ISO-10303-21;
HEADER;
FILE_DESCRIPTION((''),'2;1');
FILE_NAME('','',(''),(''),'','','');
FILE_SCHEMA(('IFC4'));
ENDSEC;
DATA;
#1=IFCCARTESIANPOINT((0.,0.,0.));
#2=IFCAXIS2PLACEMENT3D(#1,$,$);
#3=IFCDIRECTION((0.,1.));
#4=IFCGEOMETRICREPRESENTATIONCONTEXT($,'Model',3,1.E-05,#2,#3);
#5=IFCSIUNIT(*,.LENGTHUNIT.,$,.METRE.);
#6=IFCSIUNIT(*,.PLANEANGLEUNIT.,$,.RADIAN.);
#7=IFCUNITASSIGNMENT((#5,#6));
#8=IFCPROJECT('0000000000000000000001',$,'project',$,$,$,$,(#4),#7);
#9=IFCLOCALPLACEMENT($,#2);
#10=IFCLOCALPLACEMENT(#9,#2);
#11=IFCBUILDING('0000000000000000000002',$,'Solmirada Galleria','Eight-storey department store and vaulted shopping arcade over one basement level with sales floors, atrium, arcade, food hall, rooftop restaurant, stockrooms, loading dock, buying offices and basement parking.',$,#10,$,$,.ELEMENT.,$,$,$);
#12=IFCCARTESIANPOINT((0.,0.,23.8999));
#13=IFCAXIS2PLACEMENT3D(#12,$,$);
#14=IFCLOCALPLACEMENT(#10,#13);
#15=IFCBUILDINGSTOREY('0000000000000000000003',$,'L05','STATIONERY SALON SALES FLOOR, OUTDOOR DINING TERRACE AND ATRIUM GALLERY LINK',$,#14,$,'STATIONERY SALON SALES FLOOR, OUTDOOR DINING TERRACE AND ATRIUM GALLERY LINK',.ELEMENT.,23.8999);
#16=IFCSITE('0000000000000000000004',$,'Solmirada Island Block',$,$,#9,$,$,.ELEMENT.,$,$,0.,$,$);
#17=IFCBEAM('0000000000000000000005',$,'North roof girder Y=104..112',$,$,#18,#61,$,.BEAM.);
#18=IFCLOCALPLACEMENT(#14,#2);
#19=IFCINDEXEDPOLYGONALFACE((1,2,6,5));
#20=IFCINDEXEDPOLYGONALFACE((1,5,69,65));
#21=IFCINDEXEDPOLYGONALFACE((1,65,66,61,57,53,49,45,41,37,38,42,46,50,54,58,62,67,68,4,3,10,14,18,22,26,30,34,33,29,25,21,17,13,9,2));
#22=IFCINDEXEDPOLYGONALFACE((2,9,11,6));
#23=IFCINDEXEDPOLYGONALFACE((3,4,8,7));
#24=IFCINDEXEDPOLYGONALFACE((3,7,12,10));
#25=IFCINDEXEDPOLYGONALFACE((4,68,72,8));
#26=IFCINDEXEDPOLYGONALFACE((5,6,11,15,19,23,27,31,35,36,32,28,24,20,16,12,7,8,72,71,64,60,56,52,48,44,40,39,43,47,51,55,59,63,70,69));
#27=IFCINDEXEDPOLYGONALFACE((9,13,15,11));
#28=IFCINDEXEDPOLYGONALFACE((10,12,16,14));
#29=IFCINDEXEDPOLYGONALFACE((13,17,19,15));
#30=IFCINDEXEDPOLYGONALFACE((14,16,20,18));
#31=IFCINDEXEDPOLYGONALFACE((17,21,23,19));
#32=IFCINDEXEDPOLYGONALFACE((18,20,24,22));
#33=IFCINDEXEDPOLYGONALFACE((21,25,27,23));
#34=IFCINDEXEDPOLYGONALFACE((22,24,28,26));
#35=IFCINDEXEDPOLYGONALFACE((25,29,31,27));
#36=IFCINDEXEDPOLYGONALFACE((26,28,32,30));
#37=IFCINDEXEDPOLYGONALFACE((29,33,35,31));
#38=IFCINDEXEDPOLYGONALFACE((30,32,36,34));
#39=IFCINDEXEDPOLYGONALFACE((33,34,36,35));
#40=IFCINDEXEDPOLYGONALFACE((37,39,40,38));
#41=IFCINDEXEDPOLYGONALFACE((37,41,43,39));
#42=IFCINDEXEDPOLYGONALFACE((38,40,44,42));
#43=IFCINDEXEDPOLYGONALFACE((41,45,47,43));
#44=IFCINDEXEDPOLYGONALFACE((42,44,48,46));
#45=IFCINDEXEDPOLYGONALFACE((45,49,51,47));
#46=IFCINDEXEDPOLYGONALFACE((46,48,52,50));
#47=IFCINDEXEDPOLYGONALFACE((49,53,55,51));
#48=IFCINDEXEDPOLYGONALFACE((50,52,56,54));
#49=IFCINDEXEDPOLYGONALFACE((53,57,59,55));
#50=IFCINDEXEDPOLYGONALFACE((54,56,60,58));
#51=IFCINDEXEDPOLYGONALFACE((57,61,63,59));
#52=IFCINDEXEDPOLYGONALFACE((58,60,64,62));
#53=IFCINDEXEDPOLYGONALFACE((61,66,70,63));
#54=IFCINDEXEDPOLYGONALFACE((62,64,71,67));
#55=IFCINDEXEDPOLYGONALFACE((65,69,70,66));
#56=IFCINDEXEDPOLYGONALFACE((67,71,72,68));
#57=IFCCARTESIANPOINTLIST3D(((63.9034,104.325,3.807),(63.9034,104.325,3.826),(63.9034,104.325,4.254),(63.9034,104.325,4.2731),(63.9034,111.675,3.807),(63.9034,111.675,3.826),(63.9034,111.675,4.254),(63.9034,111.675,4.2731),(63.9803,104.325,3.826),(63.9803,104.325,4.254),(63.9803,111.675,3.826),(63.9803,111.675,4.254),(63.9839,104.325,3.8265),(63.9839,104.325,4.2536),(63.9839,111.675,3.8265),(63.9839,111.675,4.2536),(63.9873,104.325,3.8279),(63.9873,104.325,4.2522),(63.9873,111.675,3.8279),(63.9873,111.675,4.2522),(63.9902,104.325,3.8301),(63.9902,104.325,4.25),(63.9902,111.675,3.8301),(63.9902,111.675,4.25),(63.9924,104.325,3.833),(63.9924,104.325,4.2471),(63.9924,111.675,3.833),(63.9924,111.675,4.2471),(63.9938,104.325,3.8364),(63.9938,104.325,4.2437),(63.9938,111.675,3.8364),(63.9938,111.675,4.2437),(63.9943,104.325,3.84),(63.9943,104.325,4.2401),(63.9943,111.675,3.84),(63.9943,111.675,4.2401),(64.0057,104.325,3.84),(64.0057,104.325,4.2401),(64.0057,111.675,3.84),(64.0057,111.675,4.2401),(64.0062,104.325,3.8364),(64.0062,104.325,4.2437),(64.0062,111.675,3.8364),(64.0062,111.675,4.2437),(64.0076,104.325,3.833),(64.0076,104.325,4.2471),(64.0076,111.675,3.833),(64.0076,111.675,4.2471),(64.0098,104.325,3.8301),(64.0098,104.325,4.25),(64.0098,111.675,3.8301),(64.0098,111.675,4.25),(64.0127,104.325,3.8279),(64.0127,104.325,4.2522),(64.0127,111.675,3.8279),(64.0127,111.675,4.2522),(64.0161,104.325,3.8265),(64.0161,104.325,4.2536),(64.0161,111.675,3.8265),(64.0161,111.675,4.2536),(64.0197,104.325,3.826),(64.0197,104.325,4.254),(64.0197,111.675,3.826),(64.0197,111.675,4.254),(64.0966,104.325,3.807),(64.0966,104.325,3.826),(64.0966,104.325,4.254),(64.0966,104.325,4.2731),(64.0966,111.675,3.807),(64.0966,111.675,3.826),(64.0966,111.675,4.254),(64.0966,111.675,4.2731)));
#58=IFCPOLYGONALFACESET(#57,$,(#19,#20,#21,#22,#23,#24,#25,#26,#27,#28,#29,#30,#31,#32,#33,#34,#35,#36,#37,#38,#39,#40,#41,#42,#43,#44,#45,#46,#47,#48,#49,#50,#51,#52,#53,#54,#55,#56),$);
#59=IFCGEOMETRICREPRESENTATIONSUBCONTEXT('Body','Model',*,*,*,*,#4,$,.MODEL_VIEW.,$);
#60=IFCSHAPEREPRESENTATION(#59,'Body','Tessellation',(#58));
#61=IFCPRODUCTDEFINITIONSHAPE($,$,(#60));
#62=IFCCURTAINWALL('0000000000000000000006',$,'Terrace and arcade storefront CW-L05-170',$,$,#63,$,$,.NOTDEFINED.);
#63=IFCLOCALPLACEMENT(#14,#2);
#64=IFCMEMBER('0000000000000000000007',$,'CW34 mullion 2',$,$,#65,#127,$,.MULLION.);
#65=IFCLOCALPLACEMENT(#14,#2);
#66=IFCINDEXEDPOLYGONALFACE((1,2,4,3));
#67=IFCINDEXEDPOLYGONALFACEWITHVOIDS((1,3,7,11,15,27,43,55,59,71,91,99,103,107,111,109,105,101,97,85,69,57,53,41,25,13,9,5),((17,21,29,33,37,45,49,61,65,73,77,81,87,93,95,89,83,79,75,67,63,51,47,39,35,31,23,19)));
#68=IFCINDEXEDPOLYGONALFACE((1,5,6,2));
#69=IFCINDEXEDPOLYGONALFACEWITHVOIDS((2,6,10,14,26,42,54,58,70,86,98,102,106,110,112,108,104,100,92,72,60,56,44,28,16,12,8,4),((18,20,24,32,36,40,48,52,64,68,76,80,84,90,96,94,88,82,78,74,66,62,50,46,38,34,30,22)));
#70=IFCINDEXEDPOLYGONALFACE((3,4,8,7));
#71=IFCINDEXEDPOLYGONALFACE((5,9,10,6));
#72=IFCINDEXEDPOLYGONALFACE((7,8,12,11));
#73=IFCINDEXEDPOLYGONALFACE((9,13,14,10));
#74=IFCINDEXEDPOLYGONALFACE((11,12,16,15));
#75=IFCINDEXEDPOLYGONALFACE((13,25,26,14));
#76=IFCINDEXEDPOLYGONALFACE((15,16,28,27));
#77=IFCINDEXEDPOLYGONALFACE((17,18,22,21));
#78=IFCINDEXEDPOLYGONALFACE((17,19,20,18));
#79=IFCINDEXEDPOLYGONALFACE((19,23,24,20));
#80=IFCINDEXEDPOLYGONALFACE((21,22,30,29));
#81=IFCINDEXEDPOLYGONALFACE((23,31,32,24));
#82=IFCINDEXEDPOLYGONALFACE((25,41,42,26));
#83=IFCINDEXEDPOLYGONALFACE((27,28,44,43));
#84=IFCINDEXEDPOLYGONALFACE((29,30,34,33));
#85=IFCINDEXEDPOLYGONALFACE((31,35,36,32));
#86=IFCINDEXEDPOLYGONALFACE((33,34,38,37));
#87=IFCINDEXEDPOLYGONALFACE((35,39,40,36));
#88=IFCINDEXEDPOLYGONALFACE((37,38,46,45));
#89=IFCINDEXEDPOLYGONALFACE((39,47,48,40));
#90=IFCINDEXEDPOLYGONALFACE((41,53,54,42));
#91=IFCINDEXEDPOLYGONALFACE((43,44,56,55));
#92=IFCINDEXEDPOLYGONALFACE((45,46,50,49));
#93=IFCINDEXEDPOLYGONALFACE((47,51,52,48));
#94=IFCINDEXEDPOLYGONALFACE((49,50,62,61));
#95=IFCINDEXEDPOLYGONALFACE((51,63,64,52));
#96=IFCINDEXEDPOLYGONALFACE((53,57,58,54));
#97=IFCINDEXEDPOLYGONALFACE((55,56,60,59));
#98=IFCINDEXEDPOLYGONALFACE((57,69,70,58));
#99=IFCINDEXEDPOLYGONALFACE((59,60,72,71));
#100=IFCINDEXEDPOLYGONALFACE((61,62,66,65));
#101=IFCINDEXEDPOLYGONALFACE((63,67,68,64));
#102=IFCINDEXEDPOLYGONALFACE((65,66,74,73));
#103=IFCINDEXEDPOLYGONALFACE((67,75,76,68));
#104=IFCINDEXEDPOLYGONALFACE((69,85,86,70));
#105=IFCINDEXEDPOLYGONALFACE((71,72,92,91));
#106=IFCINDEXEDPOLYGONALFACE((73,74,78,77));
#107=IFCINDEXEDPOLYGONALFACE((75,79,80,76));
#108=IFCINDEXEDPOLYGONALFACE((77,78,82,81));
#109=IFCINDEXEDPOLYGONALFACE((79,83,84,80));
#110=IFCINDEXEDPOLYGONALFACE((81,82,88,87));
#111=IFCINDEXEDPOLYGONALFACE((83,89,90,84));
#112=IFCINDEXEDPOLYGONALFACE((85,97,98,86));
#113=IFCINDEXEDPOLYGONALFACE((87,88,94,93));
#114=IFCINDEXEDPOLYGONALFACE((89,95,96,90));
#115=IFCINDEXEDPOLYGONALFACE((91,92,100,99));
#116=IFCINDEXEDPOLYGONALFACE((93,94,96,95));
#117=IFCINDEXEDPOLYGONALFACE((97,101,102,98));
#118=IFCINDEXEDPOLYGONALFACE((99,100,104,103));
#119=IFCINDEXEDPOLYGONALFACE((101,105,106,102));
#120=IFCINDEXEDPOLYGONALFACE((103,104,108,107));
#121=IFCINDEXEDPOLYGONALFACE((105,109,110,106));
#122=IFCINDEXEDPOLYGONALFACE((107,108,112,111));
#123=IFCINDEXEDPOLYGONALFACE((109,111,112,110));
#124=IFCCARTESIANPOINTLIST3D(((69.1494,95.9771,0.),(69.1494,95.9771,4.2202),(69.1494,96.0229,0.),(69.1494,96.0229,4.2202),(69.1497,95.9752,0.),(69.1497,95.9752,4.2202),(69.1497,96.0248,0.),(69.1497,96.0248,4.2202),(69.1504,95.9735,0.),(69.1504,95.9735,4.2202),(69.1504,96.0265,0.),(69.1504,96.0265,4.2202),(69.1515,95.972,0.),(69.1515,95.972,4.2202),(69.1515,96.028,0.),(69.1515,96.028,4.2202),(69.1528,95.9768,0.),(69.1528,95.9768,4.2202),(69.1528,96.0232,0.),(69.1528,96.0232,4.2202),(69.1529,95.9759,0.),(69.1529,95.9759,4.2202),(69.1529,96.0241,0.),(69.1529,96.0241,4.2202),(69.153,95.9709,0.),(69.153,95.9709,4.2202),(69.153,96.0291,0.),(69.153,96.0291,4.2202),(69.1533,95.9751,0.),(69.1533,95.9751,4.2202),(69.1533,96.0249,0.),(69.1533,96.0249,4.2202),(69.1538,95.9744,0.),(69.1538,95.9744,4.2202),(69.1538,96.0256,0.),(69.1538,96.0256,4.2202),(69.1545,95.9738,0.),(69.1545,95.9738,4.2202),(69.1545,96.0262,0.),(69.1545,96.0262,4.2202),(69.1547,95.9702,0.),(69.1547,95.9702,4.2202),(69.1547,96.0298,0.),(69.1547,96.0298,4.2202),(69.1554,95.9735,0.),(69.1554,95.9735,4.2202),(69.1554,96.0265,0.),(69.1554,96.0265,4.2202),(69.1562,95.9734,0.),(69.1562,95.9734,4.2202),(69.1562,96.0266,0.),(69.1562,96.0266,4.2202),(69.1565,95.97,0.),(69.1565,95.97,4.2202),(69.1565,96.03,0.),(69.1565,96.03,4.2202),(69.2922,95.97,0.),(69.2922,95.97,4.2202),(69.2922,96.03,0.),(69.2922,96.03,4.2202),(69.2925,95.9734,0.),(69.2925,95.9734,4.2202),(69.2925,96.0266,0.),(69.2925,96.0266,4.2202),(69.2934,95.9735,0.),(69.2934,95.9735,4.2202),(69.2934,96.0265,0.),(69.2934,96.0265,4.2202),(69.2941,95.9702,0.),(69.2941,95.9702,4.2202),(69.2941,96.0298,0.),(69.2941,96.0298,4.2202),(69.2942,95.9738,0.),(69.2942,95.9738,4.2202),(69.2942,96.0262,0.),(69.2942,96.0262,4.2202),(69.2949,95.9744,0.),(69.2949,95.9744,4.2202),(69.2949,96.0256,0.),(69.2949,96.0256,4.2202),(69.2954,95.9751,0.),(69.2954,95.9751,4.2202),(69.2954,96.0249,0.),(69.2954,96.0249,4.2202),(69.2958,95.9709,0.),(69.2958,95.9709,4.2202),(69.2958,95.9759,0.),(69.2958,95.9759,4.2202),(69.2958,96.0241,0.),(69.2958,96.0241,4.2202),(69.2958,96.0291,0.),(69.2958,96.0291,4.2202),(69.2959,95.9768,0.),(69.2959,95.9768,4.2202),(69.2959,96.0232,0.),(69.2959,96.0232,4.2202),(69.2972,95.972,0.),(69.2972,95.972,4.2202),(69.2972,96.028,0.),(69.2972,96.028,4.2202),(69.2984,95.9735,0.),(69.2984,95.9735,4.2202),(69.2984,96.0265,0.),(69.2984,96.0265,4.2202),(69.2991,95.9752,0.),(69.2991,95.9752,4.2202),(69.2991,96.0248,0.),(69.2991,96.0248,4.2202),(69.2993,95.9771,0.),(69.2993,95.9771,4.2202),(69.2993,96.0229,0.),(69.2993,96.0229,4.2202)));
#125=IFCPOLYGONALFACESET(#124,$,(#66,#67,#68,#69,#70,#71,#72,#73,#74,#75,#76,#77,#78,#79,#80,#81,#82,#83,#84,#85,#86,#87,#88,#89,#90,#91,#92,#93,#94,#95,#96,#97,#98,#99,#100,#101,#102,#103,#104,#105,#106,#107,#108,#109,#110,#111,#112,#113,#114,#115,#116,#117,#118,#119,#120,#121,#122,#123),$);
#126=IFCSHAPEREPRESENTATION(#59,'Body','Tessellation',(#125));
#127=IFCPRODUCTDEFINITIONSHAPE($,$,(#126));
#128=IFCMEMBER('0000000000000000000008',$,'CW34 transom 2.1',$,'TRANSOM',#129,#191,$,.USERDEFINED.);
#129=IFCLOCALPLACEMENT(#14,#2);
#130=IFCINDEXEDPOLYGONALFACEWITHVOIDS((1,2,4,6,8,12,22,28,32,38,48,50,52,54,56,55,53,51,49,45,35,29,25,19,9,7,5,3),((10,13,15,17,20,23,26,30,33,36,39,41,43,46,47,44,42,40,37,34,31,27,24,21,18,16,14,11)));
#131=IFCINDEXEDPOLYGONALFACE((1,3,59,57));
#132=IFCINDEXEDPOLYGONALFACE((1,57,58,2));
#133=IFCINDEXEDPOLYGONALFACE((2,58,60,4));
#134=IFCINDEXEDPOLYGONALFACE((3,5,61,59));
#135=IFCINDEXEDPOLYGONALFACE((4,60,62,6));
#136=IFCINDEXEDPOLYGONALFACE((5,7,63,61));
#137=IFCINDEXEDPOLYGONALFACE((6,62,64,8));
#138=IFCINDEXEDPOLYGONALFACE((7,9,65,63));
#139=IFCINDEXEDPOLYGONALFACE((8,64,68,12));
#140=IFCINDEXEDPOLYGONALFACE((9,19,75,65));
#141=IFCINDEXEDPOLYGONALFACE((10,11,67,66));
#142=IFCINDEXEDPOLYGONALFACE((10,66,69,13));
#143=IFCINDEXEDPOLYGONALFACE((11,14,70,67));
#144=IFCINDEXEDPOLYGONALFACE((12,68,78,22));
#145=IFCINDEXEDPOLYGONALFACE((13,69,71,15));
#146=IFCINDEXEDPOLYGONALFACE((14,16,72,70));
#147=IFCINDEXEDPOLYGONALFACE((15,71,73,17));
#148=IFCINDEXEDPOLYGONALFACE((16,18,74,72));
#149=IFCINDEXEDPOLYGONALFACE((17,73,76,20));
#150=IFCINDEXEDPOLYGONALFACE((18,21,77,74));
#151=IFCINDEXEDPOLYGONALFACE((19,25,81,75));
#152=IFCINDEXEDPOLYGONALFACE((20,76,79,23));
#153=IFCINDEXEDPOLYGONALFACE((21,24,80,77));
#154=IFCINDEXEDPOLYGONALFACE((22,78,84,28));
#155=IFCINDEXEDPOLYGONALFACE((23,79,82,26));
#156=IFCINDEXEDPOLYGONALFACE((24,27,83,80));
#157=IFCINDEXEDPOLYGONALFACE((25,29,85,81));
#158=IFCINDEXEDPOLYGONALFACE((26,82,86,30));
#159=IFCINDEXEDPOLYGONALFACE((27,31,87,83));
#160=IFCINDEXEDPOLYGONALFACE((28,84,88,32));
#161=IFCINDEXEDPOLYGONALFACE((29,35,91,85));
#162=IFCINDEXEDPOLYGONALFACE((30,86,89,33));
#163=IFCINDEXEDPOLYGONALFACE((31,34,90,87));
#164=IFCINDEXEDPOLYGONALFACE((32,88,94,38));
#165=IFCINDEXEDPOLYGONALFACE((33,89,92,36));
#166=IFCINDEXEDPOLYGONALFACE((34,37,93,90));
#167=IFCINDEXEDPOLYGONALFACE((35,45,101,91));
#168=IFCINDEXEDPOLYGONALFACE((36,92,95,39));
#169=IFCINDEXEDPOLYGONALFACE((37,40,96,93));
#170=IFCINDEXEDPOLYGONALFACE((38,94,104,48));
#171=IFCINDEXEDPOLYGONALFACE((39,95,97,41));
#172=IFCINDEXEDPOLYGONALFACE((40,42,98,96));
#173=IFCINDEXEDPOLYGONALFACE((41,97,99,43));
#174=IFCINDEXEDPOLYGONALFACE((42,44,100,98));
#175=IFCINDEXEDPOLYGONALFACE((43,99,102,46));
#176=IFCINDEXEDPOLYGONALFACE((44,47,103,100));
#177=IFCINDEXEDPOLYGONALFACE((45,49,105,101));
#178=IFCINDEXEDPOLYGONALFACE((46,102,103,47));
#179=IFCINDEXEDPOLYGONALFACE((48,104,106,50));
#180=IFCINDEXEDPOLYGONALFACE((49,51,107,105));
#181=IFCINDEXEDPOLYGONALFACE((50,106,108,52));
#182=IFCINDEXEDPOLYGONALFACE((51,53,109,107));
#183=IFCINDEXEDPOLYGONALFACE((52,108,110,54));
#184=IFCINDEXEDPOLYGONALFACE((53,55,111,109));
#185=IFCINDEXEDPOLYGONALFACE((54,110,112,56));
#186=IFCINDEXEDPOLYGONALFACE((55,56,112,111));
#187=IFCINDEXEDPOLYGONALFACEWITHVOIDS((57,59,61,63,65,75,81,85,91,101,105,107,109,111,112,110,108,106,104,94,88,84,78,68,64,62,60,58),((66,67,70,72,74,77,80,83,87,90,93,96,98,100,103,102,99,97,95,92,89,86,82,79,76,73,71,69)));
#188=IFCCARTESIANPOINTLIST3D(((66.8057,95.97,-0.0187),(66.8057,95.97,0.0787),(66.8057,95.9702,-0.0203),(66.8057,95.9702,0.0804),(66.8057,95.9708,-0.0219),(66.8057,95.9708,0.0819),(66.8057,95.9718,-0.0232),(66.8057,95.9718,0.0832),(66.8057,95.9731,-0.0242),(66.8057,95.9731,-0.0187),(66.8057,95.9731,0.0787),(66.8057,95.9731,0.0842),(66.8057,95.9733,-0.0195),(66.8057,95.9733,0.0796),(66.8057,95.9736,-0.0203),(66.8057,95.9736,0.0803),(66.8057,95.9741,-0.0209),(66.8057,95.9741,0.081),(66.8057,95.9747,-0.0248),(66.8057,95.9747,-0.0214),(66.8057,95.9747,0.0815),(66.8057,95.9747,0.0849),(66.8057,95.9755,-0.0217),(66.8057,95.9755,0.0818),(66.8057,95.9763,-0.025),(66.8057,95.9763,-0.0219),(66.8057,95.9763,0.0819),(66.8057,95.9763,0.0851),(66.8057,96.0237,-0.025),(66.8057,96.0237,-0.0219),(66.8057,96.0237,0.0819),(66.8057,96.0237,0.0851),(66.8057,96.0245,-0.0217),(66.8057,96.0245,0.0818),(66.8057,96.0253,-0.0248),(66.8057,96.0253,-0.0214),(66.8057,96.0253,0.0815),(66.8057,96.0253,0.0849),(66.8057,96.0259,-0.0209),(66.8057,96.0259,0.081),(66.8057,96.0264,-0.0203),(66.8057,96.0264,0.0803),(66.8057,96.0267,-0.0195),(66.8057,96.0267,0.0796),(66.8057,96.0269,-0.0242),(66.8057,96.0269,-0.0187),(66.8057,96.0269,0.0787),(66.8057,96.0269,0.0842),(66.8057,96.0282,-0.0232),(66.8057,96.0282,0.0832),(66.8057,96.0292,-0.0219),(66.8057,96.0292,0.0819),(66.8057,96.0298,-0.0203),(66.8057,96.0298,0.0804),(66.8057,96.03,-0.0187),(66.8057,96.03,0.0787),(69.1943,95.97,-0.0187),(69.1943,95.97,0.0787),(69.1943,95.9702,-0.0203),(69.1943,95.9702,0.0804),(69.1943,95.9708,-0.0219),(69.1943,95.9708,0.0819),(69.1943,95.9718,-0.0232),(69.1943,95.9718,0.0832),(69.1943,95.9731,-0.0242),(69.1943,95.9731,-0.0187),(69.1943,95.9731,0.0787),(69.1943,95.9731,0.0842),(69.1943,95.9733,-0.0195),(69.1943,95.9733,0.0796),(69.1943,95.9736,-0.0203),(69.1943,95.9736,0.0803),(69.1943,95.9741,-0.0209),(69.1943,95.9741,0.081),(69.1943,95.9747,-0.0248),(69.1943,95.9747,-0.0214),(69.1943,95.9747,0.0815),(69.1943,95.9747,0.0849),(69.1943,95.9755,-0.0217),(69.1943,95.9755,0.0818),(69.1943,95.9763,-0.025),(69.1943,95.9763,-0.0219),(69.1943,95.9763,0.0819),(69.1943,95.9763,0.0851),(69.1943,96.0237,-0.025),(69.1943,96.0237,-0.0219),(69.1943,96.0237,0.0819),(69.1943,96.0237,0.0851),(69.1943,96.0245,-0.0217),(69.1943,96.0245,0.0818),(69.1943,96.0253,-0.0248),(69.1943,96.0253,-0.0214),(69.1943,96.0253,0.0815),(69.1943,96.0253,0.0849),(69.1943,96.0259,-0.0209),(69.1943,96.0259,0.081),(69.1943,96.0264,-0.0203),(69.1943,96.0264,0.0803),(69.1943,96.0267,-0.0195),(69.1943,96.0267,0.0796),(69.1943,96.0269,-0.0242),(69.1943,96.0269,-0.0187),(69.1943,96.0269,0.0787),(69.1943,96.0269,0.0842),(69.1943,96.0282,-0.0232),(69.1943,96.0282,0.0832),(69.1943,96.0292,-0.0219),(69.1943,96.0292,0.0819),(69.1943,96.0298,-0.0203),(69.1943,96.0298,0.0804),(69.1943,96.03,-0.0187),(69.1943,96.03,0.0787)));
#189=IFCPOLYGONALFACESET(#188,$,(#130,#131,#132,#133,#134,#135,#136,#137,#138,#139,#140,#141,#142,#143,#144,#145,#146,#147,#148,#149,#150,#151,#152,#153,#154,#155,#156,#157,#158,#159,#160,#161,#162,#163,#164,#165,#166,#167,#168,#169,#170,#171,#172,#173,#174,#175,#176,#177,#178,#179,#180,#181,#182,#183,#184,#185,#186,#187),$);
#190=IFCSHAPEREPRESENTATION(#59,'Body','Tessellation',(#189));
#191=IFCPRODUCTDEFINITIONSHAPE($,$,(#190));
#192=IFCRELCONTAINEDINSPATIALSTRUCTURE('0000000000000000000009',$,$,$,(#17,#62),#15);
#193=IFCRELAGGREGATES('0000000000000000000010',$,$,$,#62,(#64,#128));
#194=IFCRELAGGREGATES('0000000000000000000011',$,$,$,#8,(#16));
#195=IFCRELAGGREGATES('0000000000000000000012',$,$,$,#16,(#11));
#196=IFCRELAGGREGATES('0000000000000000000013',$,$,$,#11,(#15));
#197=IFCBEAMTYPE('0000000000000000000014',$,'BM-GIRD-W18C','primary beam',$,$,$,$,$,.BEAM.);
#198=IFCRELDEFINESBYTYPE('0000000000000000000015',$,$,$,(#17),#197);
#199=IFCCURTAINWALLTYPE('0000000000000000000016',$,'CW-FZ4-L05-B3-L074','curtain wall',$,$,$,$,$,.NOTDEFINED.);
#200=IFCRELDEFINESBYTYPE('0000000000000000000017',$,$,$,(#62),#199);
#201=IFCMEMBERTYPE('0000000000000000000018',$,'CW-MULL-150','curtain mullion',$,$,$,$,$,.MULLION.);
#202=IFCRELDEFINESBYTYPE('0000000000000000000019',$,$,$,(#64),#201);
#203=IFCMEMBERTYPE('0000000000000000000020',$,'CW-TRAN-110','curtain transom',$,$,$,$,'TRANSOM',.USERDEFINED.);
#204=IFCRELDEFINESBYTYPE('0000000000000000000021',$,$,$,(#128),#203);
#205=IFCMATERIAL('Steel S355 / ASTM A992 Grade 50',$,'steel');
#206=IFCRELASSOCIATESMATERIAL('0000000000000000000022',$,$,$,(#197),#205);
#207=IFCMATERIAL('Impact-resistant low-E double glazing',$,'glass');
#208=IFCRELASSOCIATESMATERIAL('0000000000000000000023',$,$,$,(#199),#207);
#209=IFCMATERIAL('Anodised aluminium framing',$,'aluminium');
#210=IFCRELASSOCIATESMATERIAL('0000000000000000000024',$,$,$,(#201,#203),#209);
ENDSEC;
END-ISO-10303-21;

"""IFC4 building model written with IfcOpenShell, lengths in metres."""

from ifc_helpers import new_model, si_unit, direction, frame, origin, origin_2d, place, context, subcontext, project, spatial, hollow_rectangle, i_section, extrude, material, material_profile, profile_set, type_object, element, aggregate, save


model = new_model("IFC4")

# Units and contexts
model_context = context("Model", 3, precision=1e-05, world=origin(), true_north=direction((0.0, 1.0)))
body_context = subcontext(model_context, "Body", "Model", "MODEL_VIEW")
ifc_project = project(units=[si_unit("LENGTHUNIT", "METRE"), si_unit("PLANEANGLEUNIT", "RADIAN")], contexts=[model_context])

# Site, building, storey
site_placement = place(None, origin())
site = spatial("IfcSite", under=ifc_project, at=site_placement, Name="Solmirada Island Block", CompositionType="ELEMENT", RefElevation=0.0)
building_placement = place(site_placement, origin())
building = spatial("IfcBuilding", under=site, at=building_placement, Name="Solmirada Galleria", Description="Eight-storey department store and vaulted shopping arcade over one basement level with sales floors, atrium, arcade, food hall, rooftop restaurant, stockrooms, loading dock, buying offices and basement parking.", CompositionType="ELEMENT")
storey_placement = place(building_placement, frame((0.0, 0.0, 23.8999)))
storey = spatial("IfcBuildingStorey", under=building, at=storey_placement, Name="L05", Description="STATIONERY SALON SALES FLOOR, OUTDOOR DINING TERRACE AND ATRIUM GALLERY LINK", LongName="STATIONERY SALON SALES FLOOR, OUTDOOR DINING TERRACE AND ATRIUM GALLERY LINK", CompositionType="ELEMENT", Elevation=23.8999)

# Beam
ifc_material_1 = material(Name="Steel S355 / ASTM A992 Grade 50", Category="steel")
ifc_material_profile_1 = material_profile(ifc_material_1, i_section(OverallWidth=0.1931, OverallDepth=0.4661, WebThickness=0.0115, FlangeThickness=0.019, FilletRadius=0.0139, at=origin_2d()), Name="W18X65")
ifc_profile_set_1 = profile_set([ifc_material_profile_1], Name="Steel S355 / ASTM A992 Grade 50")
beam_type = type_object("IfcBeamType", Name="BM-GIRD-W18C", Description="primary beam", PredefinedType="BEAM", material=ifc_profile_set_1)
for number, where, z_axis, x_axis, name in (
    (1, (64.0, 104.325, 4.04), (0.0, 1.0, 0.0), (-1.0, 0.0, 0.0), "North roof girder Y=104..112"),
):
    element("IfcBeam", number, at=place(storey_placement, frame(where, z_axis=z_axis, x_axis=x_axis)), inside=storey, type_object=beam_type, Name=name, PredefinedType="BEAM", context=body_context, shape_type="SweptSolid", body=[
        extrude(i_section(OverallWidth=0.1931, OverallDepth=0.4661, WebThickness=0.0115, FlangeThickness=0.019, FilletRadius=0.0139, at=origin_2d()), origin(), (0.0, 0.0, 1.0), 7.3501),
    ])

# Curtain wall, members
ifc_material_2 = material(Name="Impact-resistant low-E double glazing", Category="glass")
curtain_wall_type = type_object("IfcCurtainWallType", Name="CW-FZ4-L05-B3-L074", Description="curtain wall", PredefinedType="NOTDEFINED", material=ifc_material_2)
curtain_wall_placement = place(storey_placement, origin())
curtain_wall = element("IfcCurtainWall", 2, at=curtain_wall_placement, inside=storey, type_object=curtain_wall_type, Name="Terrace and arcade storefront CW-L05-170", PredefinedType="NOTDEFINED")
ifc_material_3 = material(Name="Anodised aluminium framing", Category="aluminium")
ifc_material_profile_2 = material_profile(ifc_material_3, hollow_rectangle(XDim=0.0601, YDim=0.1499, WallThickness=0.0034, InnerFilletRadius=0.0034, OuterFilletRadius=0.0071, at=origin_2d()), Name="ALU-MULL-150X60")
ifc_profile_set_2 = profile_set([ifc_material_profile_2], Name="Anodised aluminium framing")
member_type_1 = type_object("IfcMemberType", Name="CW-MULL-150", Description="curtain mullion", PredefinedType="MULLION", material=ifc_profile_set_2)
member_1_placement = place(storey_placement, frame((69.2244, 96.0, 0.0), z_axis=(0.0, 0.0, 1.0), x_axis=(0.0, -1.0, 0.0)))
member_1 = element("IfcMember", 3, at=member_1_placement, type_object=member_type_1, Name="CW34 mullion 2", PredefinedType="MULLION", context=body_context, shape_type="SweptSolid", body=[
    extrude(hollow_rectangle(XDim=0.0601, YDim=0.1499, WallThickness=0.0034, InnerFilletRadius=0.0034, OuterFilletRadius=0.0071, at=origin_2d()), origin(), (0.0, 0.0, 1.0), 4.2202),
])
ifc_material_profile_3 = material_profile(ifc_material_3, hollow_rectangle(XDim=0.0601, YDim=0.1101, WallThickness=0.0032, InnerFilletRadius=0.0032, OuterFilletRadius=0.0063, at=origin_2d()), Name="ALU-TRAN-110X60")
ifc_profile_set_3 = profile_set([ifc_material_profile_3], Name="Anodised aluminium framing")
member_type_2 = type_object("IfcMemberType", Name="CW-TRAN-110", Description="curtain transom", ElementType="TRANSOM", PredefinedType="USERDEFINED", material=ifc_profile_set_3)
member_2_placement = place(storey_placement, frame((69.1943, 96.0, 0.03), z_axis=(-1.0, 0.0, 0.0), x_axis=(0.0, -1.0, 0.0)))
member_2 = element("IfcMember", 4, at=member_2_placement, type_object=member_type_2, Name="CW34 transom 2.1", ObjectType="TRANSOM", PredefinedType="USERDEFINED", context=body_context, shape_type="SweptSolid", body=[
    extrude(hollow_rectangle(XDim=0.0601, YDim=0.1101, WallThickness=0.0032, InnerFilletRadius=0.0032, OuterFilletRadius=0.0063, at=origin_2d()), origin(), (0.0, 0.0, 1.0), 2.3887),
])
aggregate(curtain_wall, [member_1, member_2])

save(model, "model.ifc")
